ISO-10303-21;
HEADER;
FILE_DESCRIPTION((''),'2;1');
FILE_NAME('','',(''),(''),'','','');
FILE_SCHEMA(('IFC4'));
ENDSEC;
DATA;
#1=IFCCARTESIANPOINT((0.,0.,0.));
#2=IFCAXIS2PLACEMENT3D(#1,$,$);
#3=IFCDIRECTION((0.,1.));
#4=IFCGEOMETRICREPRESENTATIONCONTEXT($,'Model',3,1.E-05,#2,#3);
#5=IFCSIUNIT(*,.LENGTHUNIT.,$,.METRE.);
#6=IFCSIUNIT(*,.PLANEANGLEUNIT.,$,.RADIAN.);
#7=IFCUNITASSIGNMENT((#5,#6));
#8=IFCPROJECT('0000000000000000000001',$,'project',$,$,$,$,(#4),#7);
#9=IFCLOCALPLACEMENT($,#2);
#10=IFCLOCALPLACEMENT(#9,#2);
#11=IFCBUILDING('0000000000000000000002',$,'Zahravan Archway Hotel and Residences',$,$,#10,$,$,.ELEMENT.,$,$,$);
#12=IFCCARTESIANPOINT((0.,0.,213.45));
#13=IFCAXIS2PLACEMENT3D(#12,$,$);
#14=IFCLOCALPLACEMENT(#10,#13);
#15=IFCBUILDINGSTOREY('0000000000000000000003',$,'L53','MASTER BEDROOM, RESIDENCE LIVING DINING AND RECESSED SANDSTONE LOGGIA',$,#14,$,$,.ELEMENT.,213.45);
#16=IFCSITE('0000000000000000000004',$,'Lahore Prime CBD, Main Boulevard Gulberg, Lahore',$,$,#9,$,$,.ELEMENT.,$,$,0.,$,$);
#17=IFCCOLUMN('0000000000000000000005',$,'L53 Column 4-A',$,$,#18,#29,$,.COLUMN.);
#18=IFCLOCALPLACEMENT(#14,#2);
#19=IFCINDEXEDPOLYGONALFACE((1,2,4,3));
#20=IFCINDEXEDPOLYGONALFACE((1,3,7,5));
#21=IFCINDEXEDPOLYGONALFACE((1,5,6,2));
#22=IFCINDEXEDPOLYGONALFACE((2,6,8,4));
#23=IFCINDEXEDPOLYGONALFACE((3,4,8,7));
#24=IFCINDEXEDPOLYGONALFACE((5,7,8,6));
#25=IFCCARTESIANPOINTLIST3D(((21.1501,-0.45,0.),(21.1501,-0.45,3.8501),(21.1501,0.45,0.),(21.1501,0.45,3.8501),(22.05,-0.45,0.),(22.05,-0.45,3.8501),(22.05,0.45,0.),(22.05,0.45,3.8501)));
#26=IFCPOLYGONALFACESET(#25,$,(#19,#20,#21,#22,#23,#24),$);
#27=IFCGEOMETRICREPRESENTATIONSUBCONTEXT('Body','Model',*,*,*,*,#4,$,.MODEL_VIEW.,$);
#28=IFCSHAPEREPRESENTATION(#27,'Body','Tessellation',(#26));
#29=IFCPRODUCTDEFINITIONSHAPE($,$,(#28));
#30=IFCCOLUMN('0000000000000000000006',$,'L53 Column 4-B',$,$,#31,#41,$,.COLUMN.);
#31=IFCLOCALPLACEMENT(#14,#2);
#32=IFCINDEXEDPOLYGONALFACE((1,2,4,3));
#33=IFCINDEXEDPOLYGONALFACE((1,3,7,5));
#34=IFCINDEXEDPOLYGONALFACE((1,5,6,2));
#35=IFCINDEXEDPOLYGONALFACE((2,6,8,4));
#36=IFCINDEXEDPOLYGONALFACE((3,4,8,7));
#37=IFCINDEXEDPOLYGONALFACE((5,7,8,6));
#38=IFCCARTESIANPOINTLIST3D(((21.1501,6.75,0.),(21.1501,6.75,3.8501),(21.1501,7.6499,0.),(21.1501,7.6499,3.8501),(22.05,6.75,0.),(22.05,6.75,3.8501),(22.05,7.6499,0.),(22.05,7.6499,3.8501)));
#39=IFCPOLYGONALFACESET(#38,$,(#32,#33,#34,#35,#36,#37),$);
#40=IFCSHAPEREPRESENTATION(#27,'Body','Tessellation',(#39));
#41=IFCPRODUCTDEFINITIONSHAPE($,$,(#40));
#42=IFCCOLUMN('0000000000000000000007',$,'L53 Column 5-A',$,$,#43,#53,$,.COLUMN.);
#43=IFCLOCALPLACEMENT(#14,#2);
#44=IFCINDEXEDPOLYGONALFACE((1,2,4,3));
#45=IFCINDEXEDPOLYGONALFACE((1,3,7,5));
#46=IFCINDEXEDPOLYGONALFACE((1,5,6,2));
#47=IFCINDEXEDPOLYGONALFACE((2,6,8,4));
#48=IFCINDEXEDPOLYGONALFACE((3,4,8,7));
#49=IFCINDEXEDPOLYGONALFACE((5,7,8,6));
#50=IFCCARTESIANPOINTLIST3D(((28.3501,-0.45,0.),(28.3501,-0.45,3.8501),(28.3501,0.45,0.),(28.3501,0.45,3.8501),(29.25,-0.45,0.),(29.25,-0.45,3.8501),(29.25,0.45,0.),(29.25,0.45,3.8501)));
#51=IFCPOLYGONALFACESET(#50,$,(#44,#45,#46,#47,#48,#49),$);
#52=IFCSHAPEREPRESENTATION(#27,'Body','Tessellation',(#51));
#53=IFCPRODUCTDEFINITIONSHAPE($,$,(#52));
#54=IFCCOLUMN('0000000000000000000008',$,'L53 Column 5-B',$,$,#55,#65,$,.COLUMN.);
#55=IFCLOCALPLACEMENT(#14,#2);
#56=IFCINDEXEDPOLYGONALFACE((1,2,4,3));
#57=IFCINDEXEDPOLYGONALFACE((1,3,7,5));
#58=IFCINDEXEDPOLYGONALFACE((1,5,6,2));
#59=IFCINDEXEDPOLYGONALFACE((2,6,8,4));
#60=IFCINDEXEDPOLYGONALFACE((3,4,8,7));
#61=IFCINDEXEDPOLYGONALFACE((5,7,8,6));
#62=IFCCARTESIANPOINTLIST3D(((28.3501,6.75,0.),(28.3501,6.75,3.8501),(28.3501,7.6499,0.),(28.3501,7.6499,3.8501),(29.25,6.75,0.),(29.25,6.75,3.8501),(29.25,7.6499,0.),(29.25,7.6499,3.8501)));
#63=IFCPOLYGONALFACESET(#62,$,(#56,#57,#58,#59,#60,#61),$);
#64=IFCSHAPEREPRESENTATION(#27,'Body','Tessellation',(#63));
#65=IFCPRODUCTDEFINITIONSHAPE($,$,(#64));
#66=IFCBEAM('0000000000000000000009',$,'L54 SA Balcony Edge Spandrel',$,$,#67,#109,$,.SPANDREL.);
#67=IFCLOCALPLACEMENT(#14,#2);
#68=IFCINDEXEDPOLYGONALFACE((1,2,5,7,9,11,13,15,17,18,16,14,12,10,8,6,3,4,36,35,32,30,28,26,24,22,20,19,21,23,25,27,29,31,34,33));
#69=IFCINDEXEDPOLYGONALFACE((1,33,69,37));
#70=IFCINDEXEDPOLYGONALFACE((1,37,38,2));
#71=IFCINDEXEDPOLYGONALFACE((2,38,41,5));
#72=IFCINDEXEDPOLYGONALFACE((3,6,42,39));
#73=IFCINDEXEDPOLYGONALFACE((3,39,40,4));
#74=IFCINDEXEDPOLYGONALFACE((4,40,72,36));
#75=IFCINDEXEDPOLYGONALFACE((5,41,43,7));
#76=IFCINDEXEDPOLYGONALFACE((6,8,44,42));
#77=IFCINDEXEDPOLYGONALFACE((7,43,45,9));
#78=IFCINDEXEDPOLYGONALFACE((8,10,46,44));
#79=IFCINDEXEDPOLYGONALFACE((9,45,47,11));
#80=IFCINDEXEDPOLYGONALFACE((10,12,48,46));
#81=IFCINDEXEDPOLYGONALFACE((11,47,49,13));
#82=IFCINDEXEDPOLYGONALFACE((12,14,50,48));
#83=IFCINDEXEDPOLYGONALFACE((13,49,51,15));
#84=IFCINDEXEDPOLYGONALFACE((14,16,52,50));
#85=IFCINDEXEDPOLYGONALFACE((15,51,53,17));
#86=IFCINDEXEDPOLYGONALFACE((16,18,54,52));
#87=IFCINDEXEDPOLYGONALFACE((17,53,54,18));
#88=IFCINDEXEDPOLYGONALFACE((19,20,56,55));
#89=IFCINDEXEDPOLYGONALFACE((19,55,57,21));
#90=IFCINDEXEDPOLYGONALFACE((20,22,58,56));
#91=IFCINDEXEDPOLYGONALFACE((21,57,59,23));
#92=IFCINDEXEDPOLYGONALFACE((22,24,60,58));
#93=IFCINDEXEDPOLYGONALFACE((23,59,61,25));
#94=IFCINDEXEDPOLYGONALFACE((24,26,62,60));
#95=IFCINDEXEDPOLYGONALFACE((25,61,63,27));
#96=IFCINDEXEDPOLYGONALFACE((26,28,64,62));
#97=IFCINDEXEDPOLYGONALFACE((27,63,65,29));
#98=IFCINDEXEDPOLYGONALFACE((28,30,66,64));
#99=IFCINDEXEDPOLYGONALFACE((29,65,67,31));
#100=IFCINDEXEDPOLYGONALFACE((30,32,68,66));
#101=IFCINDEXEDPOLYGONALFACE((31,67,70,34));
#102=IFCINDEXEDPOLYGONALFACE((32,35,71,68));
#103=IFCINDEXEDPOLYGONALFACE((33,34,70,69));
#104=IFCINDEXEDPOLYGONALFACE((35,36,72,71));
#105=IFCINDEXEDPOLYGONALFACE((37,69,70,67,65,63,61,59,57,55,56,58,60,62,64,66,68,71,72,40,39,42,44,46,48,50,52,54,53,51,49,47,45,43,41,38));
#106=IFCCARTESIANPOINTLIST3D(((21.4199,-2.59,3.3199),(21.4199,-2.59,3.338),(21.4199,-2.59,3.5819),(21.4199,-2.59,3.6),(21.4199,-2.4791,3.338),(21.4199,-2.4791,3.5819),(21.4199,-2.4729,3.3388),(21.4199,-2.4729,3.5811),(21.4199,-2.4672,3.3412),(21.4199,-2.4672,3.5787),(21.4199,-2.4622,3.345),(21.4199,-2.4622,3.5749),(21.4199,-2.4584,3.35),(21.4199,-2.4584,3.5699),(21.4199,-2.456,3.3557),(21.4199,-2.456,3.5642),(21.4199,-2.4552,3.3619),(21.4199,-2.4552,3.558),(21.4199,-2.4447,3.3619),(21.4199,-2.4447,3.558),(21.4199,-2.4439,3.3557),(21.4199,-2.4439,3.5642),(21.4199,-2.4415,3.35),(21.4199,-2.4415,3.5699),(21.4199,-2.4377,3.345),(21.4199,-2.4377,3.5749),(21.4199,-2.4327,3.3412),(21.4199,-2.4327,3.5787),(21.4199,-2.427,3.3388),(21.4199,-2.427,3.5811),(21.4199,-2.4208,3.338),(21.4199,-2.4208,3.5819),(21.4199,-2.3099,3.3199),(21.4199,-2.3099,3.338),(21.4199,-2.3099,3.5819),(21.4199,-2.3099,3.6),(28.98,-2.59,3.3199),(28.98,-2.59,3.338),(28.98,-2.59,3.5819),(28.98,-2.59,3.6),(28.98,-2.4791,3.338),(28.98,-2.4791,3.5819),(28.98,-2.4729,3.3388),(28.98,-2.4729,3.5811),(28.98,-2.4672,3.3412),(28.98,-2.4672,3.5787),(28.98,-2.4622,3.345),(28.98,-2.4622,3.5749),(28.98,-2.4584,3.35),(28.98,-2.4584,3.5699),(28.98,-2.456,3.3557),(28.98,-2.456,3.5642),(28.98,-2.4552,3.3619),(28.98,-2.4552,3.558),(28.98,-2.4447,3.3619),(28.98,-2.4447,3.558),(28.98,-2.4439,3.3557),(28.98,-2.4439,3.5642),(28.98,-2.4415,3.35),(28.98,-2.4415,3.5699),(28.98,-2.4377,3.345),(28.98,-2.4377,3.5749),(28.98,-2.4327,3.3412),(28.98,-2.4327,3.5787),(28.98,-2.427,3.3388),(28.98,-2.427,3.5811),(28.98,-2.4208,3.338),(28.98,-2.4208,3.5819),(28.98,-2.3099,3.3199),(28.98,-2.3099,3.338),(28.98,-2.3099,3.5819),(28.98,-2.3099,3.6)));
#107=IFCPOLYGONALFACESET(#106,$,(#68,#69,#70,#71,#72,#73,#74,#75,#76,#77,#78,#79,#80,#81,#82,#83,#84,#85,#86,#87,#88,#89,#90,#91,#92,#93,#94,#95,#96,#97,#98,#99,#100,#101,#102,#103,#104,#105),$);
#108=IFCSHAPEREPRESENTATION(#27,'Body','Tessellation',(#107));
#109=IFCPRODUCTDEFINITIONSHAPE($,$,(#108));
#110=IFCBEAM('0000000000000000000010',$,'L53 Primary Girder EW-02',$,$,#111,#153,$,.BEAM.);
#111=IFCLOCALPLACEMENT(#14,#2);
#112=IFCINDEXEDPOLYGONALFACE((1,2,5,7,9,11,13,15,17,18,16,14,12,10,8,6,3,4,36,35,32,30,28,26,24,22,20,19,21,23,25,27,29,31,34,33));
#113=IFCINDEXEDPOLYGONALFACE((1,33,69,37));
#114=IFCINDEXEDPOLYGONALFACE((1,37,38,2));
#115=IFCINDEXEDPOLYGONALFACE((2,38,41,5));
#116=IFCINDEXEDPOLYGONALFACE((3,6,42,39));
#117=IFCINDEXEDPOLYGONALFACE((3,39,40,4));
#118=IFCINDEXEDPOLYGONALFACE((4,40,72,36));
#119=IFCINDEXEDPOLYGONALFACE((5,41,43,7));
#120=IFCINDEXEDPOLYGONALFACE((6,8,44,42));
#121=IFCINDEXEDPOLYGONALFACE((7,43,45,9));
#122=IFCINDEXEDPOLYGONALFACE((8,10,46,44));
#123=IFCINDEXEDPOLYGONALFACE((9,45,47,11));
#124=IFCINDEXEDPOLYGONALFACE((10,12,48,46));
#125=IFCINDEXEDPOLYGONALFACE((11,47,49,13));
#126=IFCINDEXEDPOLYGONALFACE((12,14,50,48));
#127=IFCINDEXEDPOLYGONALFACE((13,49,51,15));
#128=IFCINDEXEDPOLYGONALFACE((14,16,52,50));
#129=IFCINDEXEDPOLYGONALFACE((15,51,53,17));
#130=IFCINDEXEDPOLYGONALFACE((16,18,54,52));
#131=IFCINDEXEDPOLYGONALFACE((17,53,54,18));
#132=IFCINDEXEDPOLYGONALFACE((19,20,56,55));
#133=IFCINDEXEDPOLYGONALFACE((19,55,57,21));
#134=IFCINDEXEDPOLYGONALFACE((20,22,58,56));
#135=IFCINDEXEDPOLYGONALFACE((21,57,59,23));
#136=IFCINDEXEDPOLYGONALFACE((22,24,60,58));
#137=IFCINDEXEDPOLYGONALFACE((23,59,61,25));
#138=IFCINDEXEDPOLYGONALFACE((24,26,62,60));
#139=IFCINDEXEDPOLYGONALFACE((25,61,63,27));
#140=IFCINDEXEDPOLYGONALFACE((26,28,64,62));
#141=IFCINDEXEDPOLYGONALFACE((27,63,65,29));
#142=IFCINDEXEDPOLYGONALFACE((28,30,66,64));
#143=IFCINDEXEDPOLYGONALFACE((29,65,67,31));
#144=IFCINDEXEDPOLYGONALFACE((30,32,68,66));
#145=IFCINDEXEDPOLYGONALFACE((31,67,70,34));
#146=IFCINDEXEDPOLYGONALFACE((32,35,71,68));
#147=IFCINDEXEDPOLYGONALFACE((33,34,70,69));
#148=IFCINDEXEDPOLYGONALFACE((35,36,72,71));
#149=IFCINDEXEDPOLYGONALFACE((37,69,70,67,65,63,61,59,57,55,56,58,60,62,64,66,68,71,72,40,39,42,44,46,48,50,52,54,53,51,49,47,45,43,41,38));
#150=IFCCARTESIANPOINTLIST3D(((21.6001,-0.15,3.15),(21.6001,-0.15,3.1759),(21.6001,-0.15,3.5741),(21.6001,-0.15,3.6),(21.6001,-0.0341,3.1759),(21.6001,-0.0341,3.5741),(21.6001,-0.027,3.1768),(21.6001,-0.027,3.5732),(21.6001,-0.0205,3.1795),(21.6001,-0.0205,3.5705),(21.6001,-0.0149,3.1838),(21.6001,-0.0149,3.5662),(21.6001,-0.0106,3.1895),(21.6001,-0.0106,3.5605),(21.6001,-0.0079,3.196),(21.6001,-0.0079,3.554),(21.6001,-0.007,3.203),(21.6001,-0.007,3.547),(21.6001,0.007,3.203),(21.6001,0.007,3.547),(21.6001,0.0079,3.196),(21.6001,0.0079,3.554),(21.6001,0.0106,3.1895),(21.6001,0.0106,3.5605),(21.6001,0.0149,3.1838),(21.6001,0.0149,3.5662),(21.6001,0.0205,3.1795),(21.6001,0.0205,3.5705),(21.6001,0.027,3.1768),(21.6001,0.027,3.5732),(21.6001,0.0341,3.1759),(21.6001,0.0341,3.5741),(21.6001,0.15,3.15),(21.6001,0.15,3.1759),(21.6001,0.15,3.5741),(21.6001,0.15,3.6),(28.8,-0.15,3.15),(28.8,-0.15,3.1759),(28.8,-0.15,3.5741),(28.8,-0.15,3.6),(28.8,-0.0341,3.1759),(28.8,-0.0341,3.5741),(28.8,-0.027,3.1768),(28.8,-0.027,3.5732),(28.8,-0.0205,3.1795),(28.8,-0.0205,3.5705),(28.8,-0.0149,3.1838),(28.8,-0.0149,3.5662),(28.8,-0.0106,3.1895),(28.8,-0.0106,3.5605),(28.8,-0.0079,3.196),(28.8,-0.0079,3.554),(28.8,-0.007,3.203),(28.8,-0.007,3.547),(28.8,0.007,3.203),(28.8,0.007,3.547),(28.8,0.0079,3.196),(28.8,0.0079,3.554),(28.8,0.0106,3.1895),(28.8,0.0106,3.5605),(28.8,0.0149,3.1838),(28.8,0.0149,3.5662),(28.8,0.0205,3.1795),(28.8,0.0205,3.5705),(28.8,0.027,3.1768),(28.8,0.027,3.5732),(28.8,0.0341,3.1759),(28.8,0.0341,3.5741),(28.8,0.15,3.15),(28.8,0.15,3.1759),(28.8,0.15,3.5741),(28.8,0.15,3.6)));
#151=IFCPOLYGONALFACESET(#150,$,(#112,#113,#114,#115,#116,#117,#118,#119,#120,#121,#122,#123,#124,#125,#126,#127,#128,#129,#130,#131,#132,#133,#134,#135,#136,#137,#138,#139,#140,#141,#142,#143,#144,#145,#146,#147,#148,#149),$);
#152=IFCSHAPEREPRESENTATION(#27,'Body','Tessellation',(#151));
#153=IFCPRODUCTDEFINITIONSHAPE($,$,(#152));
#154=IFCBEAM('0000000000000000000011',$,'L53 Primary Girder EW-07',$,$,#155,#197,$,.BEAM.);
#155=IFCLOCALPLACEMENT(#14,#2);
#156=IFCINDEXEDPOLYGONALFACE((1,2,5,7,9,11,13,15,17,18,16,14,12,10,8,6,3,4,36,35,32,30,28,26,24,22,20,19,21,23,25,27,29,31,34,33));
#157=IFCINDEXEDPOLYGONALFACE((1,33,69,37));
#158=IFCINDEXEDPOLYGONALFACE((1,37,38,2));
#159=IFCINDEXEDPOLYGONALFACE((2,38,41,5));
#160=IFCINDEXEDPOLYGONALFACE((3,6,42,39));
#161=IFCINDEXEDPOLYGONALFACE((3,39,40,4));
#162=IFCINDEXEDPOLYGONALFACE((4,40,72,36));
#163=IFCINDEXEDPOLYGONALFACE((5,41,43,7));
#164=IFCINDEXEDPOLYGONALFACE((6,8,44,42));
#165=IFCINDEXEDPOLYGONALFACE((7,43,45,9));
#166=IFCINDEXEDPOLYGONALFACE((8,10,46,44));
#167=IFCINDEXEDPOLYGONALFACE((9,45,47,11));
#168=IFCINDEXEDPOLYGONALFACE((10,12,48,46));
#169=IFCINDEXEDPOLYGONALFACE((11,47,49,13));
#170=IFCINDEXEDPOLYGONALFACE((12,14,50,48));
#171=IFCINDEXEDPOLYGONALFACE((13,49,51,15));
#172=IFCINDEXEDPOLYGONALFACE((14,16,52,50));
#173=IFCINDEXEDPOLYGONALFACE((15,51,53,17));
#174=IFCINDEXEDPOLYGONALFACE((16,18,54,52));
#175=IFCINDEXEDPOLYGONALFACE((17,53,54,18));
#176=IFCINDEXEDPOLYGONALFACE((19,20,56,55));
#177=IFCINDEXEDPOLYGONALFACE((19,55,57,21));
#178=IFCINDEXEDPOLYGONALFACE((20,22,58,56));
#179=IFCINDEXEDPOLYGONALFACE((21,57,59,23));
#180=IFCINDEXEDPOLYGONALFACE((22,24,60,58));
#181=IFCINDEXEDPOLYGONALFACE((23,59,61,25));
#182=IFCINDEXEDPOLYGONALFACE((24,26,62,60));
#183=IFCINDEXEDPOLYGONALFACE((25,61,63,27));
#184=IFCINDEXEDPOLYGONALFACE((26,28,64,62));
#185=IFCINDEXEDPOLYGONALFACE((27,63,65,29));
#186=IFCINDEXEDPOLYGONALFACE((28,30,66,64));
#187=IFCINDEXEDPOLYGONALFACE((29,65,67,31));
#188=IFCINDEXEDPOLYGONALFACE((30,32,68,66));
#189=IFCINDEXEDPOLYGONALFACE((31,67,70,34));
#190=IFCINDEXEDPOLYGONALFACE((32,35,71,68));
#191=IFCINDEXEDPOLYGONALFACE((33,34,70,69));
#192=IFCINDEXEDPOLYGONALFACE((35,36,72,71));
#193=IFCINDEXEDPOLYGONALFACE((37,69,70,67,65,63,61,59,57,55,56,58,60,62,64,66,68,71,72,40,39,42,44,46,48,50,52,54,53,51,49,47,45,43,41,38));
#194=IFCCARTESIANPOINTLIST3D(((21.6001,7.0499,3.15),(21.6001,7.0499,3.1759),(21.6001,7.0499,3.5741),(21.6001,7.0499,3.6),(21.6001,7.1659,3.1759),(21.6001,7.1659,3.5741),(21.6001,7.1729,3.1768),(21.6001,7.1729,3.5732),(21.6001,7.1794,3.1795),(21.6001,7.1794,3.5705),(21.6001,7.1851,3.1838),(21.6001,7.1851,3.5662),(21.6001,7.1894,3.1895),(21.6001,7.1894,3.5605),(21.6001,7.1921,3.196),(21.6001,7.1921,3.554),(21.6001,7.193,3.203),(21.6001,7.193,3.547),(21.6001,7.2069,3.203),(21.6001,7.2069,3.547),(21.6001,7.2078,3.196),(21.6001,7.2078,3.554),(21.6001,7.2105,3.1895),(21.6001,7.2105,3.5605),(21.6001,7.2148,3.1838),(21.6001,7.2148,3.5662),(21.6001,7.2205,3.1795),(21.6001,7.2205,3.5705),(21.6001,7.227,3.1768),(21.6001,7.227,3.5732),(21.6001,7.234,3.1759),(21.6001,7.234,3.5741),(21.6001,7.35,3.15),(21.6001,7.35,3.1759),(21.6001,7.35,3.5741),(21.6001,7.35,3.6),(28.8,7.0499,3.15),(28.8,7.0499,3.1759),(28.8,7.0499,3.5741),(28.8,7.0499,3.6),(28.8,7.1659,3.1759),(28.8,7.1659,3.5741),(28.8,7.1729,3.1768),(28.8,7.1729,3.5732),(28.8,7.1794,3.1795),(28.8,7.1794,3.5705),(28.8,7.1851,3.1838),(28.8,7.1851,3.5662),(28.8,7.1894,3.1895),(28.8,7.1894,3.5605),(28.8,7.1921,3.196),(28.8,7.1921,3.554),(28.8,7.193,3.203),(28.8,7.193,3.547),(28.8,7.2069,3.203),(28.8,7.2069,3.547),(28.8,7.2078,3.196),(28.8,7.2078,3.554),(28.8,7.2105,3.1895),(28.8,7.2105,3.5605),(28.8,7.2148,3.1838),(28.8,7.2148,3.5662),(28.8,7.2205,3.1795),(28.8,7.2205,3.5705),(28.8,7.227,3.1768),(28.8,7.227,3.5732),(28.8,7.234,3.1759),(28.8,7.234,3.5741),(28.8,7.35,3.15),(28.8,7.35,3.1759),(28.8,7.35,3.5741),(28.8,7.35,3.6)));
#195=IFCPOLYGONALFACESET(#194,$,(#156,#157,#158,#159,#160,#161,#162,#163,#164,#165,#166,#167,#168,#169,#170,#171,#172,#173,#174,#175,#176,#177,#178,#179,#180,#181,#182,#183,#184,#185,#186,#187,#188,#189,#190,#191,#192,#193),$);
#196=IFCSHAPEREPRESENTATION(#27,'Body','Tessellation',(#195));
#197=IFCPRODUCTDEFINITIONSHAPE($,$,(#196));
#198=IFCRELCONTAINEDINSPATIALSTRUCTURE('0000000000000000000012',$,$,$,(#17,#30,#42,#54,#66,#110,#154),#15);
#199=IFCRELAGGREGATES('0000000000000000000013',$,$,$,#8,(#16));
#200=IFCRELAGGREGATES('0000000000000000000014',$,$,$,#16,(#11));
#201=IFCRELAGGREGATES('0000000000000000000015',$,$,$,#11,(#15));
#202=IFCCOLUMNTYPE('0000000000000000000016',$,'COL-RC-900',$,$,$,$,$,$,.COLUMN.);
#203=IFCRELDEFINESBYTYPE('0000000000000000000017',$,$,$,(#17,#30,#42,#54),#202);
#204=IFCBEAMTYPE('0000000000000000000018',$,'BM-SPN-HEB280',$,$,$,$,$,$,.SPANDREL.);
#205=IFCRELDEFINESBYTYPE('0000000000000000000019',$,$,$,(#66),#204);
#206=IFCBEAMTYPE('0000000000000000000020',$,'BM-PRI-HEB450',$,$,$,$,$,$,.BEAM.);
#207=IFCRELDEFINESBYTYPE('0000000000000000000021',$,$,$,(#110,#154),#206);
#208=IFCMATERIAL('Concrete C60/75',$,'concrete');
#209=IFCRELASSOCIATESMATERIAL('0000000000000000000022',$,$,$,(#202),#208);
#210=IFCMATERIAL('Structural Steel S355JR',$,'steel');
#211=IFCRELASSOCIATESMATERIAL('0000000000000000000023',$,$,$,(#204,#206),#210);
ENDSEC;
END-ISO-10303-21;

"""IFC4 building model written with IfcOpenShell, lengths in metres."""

from ifc_helpers import new_model, si_unit, direction, frame, origin, origin_2d, place, context, subcontext, project, spatial, rectangle, i_section, extrude, source, transform, mapped, material, material_profile, profile_set, type_object, type_shapes, element, save


model = new_model("IFC4")

# Units and contexts
model_context = context("Model", 3, precision=1e-05, world=origin(), true_north=direction((0.0, 1.0)))
body_context = subcontext(model_context, "Body", "Model", "MODEL_VIEW")
ifc_project = project(units=[si_unit("LENGTHUNIT", "METRE"), si_unit("PLANEANGLEUNIT", "RADIAN")], contexts=[model_context])

# Site, building, storey
site_placement = place(None, origin())
site = spatial("IfcSite", under=ifc_project, at=site_placement, Name="Lahore Prime CBD, Main Boulevard Gulberg, Lahore", CompositionType="ELEMENT", RefElevation=0.0)
building_placement = place(site_placement, origin())
building = spatial("IfcBuilding", under=site, at=building_placement, Name="Zahravan Archway Hotel and Residences", CompositionType="ELEMENT")
storey_placement = place(building_placement, frame((0.0, 0.0, 213.45)))
storey = spatial("IfcBuildingStorey", under=building, at=storey_placement, Name="L53", Description="MASTER BEDROOM, RESIDENCE LIVING DINING AND RECESSED SANDSTONE LOGGIA", CompositionType="ELEMENT", Elevation=213.45)

# Columns
ifc_material_1 = material(Name="Concrete C60/75", Category="concrete")
ifc_material_profile_1 = material_profile(ifc_material_1, rectangle(XDim=0.8999, YDim=0.8999, at=origin_2d()), Name="RC-COL-900x900", Category="concrete")
ifc_profile_set_1 = profile_set([ifc_material_profile_1], Name="Concrete C60/75")
column_type = type_object("IfcColumnType", Name="COL-RC-900", PredefinedType="COLUMN", material=ifc_profile_set_1)
shared_shape_1 = source(origin(), body_context, "Body", "SweptSolid", [
    extrude(rectangle(XDim=0.8999, YDim=0.8999, at=origin_2d()), origin(), (0.0, 0.0, 1.0), 3.8501),
])
type_shapes(column_type, [shared_shape_1])
for number, where, z_axis, x_axis, name in (
    (1, (21.6001, 0.0, 0.0), (0.0, 0.0, 1.0), (1.0, 0.0, 0.0), "L53 Column 4-A"),
    (2, (21.6001, 7.2, 0.0), (0.0, 0.0, 1.0), (1.0, 0.0, 0.0), "L53 Column 4-B"),
    (3, (28.8, 0.0, 0.0), (0.0, 0.0, 1.0), (1.0, 0.0, 0.0), "L53 Column 5-A"),
    (4, (28.8, 7.2, 0.0), (0.0, 0.0, 1.0), (1.0, 0.0, 0.0), "L53 Column 5-B"),
):
    element("IfcColumn", number, at=place(storey_placement, frame(where, z_axis=z_axis, x_axis=x_axis)), inside=storey, type_object=column_type, Name=name, PredefinedType="COLUMN", context=body_context, shape_type="MappedRepresentation", body=[
        mapped(shared_shape_1, transform((0.0, 0.0, 0.0), scale=1.0)),
    ])

# Beams
ifc_material_2 = material(Name="Structural Steel S355JR", Category="steel")
ifc_material_profile_2 = material_profile(ifc_material_2, i_section(OverallWidth=0.28, OverallDepth=0.28, WebThickness=0.0105, FlangeThickness=0.0181, FilletRadius=0.0239, at=origin_2d()), Name="HEB 280", Category="steel")
ifc_profile_set_2 = profile_set([ifc_material_profile_2], Name="Structural Steel S355JR")
beam_type_1 = type_object("IfcBeamType", Name="BM-SPN-HEB280", PredefinedType="SPANDREL", material=ifc_profile_set_2)
shared_shape_2 = source(origin(), body_context, "Body", "SweptSolid", [
    extrude(i_section(OverallWidth=0.28, OverallDepth=0.28, WebThickness=0.0105, FlangeThickness=0.0181, FilletRadius=0.0239, at=origin_2d()), origin(), (0.0, 0.0, 1.0), 7.5601),
])
type_shapes(beam_type_1, [shared_shape_2])
beam_placement = place(storey_placement, frame((21.4199, -2.45, 3.46), z_axis=(1.0, 0.0, 0.0), x_axis=(0.0, 1.0, 0.0)))
element("IfcBeam", 5, at=beam_placement, inside=storey, type_object=beam_type_1, Name="L54 SA Balcony Edge Spandrel", PredefinedType="SPANDREL", context=body_context, shape_type="MappedRepresentation", body=[
    mapped(shared_shape_2, transform((0.0, 0.0, 0.0), scale=1.0)),
])
ifc_material_profile_3 = material_profile(ifc_material_2, i_section(OverallWidth=0.3, OverallDepth=0.45, WebThickness=0.0139, FlangeThickness=0.0259, FilletRadius=0.0271, at=origin_2d()), Name="HEB 450", Category="steel")
ifc_profile_set_3 = profile_set([ifc_material_profile_3], Name="Structural Steel S355JR")
beam_type_2 = type_object("IfcBeamType", Name="BM-PRI-HEB450", PredefinedType="BEAM", material=ifc_profile_set_3)
shared_shape_3 = source(origin(), body_context, "Body", "SweptSolid", [
    extrude(i_section(OverallWidth=0.3, OverallDepth=0.45, WebThickness=0.0139, FlangeThickness=0.0259, FilletRadius=0.0271, at=origin_2d()), origin(), (0.0, 0.0, 1.0), 7.2),
])
for number, where, z_axis, x_axis, name in (
    (6, (21.6001, 0.0, 3.375), (1.0, 0.0, 0.0), (0.0, 1.0, 0.0), "L53 Primary Girder EW-02"),
    (7, (21.6001, 7.2, 3.375), (1.0, 0.0, 0.0), (0.0, 1.0, 0.0), "L53 Primary Girder EW-07"),
):
    element("IfcBeam", number, at=place(storey_placement, frame(where, z_axis=z_axis, x_axis=x_axis)), inside=storey, type_object=beam_type_2, Name=name, PredefinedType="BEAM", context=body_context, shape_type="MappedRepresentation", body=[
        mapped(shared_shape_3, transform((0.0, 0.0, 0.0), scale=1.0)),
    ])

save(model, "model.ifc")
